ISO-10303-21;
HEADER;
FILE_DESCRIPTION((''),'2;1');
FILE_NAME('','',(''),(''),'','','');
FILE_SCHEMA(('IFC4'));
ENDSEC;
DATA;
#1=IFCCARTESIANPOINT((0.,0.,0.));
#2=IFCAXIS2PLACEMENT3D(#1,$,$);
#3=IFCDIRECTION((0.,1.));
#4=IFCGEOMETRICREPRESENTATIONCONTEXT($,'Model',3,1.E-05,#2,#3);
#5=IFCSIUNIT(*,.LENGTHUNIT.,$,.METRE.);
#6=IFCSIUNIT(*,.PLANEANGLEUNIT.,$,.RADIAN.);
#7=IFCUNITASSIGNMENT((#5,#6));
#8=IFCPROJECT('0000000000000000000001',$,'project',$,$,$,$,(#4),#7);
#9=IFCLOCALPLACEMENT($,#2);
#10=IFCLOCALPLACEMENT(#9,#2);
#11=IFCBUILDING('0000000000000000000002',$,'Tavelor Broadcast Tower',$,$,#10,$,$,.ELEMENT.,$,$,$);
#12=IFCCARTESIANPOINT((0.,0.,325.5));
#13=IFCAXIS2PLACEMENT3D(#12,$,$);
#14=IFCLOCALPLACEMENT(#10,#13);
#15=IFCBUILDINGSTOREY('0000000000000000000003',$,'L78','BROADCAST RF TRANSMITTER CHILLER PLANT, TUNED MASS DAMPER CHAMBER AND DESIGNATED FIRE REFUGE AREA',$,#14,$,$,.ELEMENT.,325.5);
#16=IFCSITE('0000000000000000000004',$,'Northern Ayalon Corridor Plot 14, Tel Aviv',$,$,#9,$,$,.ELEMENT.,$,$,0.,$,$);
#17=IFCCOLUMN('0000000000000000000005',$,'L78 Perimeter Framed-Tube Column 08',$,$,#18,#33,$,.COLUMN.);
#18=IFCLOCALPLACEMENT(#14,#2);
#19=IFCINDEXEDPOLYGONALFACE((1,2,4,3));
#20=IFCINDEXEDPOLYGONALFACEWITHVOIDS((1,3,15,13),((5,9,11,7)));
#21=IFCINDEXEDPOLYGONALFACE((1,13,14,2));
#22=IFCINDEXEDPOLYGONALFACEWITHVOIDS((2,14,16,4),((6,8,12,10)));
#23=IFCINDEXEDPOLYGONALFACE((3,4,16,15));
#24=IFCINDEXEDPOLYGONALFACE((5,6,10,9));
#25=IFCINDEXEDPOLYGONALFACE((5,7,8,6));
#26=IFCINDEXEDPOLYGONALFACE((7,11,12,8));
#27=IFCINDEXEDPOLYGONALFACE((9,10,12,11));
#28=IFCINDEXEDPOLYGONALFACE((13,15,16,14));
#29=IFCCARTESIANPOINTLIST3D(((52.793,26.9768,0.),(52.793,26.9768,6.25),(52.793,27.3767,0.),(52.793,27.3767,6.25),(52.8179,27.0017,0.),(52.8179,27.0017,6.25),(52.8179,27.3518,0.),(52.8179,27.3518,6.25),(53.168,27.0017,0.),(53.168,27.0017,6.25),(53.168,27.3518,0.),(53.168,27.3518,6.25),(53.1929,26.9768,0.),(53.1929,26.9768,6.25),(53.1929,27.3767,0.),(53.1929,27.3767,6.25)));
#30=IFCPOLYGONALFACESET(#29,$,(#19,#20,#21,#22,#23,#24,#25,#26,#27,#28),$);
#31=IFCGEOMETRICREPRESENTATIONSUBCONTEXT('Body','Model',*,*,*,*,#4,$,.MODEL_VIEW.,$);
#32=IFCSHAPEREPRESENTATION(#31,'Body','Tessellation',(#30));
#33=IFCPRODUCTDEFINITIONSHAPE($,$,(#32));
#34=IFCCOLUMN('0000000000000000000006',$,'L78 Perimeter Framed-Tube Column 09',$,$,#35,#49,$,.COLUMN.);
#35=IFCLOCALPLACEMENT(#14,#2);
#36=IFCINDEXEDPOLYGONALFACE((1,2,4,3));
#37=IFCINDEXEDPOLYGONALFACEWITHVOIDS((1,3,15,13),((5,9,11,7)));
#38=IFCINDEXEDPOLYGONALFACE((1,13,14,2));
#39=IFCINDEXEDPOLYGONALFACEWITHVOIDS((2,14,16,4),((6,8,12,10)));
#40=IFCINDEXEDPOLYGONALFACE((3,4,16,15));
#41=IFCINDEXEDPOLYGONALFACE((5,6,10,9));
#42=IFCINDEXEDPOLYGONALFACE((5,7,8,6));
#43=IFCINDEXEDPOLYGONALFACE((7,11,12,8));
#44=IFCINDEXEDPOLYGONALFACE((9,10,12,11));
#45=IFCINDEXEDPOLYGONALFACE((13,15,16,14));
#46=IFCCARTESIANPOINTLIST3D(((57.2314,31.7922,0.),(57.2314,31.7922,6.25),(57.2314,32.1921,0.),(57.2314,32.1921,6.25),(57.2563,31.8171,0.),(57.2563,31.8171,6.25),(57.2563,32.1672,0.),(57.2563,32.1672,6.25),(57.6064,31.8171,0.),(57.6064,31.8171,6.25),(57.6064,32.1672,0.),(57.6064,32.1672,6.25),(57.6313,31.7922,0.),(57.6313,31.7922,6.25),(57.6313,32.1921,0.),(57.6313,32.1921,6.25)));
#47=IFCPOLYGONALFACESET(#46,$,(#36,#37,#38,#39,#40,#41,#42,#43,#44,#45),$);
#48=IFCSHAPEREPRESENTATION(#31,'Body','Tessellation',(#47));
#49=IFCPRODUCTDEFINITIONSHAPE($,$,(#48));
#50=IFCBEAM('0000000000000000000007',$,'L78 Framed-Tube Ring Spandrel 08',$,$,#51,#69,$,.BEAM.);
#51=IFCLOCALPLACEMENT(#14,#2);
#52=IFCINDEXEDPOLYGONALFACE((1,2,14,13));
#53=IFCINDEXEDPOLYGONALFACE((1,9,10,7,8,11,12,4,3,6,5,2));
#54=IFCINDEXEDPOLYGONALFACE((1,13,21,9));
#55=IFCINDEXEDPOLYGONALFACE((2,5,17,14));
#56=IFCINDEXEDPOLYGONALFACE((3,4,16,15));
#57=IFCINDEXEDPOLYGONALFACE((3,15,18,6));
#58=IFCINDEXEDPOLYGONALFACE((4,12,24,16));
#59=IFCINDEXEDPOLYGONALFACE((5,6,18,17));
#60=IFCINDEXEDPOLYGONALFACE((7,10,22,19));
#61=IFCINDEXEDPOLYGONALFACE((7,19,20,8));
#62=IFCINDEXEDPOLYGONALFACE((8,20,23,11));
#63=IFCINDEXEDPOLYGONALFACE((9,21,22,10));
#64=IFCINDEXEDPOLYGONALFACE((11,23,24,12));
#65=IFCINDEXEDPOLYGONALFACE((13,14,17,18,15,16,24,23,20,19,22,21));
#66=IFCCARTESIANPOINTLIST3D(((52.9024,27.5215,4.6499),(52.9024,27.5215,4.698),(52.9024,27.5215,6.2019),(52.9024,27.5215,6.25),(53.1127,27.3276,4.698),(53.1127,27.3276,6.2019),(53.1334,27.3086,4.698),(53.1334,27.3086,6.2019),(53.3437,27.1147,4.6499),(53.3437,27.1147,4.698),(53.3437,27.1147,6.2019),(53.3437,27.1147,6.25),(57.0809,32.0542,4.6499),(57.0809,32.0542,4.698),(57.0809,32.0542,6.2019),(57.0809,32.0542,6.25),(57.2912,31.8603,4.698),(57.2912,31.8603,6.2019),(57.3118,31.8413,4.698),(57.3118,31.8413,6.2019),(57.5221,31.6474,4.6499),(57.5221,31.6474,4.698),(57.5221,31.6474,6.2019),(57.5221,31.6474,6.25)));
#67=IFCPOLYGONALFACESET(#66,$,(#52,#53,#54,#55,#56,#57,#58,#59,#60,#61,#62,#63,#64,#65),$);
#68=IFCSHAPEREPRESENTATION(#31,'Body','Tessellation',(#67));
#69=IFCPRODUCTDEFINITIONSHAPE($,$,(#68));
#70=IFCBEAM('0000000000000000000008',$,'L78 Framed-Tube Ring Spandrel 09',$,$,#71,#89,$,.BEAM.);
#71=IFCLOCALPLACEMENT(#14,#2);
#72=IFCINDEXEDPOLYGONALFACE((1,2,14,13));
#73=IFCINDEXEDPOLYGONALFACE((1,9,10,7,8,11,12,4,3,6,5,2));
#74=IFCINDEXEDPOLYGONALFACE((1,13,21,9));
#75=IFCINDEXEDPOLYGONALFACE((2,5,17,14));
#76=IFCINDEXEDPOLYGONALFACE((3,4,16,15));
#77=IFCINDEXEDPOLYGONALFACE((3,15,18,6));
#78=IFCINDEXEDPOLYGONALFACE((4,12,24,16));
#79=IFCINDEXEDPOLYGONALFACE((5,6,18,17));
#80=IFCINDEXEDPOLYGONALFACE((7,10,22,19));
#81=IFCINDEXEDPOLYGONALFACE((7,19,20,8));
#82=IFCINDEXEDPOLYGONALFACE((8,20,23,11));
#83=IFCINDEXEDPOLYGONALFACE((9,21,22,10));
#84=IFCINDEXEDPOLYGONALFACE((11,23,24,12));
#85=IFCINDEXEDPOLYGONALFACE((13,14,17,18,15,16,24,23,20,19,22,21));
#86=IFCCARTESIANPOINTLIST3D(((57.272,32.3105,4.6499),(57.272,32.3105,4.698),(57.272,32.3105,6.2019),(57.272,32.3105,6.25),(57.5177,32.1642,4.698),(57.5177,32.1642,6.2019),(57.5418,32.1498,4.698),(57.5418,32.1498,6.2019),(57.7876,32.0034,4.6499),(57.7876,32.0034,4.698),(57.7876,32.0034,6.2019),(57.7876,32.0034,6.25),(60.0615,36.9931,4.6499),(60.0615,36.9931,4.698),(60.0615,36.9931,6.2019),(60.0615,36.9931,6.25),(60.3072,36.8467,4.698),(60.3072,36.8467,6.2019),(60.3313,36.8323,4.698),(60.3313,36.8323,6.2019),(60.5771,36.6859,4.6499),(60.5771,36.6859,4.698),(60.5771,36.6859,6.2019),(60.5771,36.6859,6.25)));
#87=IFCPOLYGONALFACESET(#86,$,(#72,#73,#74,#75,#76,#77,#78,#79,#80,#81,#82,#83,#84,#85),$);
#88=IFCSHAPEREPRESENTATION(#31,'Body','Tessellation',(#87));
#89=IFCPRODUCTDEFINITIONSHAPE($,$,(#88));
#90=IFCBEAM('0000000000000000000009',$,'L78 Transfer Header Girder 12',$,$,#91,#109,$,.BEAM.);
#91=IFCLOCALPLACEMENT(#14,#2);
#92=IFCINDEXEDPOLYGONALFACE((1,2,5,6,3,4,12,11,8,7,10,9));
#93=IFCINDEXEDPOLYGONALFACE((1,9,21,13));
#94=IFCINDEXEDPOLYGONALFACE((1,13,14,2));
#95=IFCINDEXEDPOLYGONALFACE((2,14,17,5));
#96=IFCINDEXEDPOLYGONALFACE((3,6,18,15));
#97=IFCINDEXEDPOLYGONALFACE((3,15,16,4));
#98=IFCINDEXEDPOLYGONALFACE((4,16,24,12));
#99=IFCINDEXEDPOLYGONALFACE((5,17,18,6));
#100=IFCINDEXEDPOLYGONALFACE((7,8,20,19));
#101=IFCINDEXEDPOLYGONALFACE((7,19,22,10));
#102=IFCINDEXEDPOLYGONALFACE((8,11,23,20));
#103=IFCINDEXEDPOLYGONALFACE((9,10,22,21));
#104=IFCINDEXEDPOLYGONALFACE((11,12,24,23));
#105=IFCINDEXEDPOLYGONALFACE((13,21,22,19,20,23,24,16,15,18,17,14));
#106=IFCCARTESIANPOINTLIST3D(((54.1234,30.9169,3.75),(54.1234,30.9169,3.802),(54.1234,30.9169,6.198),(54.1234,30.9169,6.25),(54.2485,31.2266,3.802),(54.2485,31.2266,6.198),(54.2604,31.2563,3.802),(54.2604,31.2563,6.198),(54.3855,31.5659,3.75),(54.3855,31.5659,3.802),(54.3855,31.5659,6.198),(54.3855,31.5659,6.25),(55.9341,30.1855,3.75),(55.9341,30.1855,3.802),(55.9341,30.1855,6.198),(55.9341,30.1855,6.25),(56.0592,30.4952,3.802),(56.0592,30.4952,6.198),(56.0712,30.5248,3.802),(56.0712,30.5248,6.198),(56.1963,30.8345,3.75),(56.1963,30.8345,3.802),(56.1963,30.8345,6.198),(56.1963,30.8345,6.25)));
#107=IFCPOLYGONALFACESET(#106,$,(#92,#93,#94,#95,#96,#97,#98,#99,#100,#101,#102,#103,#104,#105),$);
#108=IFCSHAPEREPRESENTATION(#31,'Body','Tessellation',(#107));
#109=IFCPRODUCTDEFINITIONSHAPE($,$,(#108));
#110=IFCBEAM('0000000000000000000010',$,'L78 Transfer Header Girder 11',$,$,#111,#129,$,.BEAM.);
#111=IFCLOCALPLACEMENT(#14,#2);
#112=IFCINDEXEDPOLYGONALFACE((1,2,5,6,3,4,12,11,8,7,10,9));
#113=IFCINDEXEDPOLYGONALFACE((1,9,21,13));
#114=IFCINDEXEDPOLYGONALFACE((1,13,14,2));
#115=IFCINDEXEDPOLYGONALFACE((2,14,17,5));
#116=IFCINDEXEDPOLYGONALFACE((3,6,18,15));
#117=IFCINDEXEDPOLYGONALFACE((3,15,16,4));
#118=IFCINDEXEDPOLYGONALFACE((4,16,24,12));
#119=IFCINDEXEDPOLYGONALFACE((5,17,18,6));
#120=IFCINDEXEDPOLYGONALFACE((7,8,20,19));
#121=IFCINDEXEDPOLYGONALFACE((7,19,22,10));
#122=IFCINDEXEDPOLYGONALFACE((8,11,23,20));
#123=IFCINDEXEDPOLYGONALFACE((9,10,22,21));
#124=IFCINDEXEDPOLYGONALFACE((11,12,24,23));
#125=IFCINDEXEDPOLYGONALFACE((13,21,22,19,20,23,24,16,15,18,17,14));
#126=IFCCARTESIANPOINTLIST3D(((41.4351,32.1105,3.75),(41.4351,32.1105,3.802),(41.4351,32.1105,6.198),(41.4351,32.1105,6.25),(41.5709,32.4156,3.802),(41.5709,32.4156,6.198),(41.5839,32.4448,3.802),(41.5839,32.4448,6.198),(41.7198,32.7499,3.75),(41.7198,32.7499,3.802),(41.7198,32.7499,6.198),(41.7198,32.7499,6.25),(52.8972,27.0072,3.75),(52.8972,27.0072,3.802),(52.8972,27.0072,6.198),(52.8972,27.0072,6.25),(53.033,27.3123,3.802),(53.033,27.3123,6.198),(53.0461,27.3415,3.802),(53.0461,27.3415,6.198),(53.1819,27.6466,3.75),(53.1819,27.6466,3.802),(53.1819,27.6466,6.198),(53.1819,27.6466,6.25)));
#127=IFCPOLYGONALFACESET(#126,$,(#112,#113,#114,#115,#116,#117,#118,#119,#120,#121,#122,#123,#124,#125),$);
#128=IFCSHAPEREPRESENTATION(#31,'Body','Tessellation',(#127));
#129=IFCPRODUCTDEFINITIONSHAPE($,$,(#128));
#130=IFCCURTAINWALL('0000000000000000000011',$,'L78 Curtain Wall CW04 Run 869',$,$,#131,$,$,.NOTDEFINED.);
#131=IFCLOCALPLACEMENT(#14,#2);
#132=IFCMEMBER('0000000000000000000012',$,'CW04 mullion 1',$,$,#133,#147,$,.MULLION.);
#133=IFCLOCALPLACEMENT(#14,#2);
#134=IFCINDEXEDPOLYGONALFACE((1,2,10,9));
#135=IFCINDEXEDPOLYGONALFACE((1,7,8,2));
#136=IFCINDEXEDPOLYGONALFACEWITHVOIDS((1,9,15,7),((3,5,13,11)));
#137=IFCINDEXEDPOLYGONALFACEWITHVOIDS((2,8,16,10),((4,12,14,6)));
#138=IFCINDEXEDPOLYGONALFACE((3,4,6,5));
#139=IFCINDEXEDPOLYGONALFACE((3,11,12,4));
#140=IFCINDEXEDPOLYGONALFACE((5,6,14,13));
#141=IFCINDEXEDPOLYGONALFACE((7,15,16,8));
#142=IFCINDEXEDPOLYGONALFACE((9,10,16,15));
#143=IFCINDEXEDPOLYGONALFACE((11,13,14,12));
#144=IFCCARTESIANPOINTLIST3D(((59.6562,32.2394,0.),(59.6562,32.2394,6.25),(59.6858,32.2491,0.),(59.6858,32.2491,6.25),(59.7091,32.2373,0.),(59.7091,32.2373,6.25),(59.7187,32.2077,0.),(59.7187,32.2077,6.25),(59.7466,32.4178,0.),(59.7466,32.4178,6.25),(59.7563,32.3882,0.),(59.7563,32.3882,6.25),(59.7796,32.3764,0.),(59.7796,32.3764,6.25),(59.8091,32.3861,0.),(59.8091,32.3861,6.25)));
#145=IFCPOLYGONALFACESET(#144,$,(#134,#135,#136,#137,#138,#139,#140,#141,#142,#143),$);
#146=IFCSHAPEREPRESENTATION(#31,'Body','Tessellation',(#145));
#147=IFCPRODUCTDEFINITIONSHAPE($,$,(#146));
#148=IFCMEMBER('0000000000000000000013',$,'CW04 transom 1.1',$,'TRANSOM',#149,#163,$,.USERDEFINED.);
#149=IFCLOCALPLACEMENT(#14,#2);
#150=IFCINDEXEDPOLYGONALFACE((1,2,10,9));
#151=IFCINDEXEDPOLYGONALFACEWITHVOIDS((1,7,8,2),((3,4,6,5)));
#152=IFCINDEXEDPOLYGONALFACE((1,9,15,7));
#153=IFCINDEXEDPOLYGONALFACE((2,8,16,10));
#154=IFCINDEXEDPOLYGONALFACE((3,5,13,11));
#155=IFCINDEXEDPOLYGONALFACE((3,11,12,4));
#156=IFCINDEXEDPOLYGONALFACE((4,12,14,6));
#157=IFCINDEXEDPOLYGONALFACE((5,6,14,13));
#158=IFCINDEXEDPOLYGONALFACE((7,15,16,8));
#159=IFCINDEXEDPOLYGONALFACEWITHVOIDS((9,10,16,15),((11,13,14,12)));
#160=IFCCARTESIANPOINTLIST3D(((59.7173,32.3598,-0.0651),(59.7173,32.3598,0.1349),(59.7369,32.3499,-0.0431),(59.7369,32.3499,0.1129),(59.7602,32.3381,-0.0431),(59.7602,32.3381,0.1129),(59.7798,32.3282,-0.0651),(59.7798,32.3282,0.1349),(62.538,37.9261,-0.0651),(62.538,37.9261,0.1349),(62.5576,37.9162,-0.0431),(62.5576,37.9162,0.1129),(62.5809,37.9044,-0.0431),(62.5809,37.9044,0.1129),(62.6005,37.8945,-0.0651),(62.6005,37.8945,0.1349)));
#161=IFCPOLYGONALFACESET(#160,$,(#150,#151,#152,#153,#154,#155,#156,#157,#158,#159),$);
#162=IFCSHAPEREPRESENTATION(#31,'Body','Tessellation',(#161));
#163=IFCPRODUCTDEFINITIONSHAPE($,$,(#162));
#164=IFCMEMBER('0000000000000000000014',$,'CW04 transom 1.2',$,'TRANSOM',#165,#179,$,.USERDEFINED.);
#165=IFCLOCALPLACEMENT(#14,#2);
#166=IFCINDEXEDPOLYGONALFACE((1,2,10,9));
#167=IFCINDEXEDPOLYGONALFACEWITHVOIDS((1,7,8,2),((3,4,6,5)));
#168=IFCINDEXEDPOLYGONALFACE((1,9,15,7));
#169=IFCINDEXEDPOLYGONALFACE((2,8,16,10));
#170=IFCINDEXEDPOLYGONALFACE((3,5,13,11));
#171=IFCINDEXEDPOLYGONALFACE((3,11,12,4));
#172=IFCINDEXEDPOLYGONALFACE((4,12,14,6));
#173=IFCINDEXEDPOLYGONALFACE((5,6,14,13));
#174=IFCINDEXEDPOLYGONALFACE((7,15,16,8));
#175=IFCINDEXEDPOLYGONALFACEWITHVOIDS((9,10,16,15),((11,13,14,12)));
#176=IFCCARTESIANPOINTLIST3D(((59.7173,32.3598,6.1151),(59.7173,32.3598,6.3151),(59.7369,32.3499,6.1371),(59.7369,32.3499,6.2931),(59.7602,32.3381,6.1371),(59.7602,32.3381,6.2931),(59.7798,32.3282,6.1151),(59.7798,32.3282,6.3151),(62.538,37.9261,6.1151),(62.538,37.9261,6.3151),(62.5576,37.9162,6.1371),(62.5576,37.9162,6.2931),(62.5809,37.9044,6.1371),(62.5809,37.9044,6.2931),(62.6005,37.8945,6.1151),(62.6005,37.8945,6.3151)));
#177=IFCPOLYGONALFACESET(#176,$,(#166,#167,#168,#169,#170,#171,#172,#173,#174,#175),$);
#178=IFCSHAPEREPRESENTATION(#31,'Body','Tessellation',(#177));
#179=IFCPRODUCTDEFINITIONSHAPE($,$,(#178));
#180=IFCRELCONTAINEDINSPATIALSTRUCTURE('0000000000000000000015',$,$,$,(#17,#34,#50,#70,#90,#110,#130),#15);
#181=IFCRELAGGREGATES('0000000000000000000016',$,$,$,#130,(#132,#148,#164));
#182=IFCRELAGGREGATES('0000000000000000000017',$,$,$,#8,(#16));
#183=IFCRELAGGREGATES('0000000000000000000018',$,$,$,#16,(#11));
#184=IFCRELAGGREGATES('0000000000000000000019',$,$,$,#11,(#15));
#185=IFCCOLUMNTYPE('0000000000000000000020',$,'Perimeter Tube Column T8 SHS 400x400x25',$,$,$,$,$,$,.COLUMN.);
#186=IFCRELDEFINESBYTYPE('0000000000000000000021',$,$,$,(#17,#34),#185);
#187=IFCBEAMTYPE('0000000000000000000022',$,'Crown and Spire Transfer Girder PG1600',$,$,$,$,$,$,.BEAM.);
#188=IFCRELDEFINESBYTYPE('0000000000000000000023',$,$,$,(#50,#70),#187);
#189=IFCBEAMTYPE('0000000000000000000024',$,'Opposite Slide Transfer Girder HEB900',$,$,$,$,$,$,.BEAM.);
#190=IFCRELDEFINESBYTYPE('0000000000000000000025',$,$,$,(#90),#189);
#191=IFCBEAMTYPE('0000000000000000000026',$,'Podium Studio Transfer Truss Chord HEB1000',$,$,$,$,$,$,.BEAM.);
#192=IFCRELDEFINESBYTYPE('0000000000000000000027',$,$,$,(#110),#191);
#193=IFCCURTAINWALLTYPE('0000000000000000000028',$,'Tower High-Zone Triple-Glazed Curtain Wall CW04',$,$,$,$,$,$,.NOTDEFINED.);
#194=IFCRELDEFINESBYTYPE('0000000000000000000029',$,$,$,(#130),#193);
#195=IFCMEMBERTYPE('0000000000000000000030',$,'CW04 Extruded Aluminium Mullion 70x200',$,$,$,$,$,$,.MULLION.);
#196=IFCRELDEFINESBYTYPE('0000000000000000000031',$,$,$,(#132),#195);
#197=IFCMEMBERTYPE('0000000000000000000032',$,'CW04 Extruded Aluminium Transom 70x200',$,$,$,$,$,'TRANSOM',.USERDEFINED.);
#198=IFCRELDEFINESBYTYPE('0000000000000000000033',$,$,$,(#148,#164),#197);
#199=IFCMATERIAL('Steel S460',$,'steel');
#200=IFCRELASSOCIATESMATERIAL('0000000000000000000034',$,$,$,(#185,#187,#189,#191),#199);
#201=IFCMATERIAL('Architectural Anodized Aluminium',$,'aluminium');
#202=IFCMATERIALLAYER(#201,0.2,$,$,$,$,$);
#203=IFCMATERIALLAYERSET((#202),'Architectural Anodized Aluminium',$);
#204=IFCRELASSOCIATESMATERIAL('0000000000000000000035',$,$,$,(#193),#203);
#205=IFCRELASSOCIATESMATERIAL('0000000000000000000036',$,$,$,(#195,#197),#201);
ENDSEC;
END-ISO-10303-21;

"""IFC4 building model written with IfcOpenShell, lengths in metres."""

from ifc_helpers import new_model, si_unit, direction, frame, origin, origin_2d, place, context, subcontext, project, spatial, hollow_rectangle, i_section, extrude, source, transform, mapped, material, layer, layer_set, material_profile, profile_set, type_object, type_shapes, element, aggregate, save


model = new_model("IFC4")

# Units and contexts
model_context = context("Model", 3, precision=1e-05, world=origin(), true_north=direction((0.0, 1.0)))
body_context = subcontext(model_context, "Body", "Model", "MODEL_VIEW")
ifc_project = project(units=[si_unit("LENGTHUNIT", "METRE"), si_unit("PLANEANGLEUNIT", "RADIAN")], contexts=[model_context])

# Site, building, storey
site_placement = place(None, origin())
site = spatial("IfcSite", under=ifc_project, at=site_placement, Name="Northern Ayalon Corridor Plot 14, Tel Aviv", CompositionType="ELEMENT", RefElevation=0.0)
building_placement = place(site_placement, origin())
building = spatial("IfcBuilding", under=site, at=building_placement, Name="Tavelor Broadcast Tower", CompositionType="ELEMENT")
storey_placement = place(building_placement, frame((0.0, 0.0, 325.5)))
storey = spatial("IfcBuildingStorey", under=building, at=storey_placement, Name="L78", Description="BROADCAST RF TRANSMITTER CHILLER PLANT, TUNED MASS DAMPER CHAMBER AND DESIGNATED FIRE REFUGE AREA", CompositionType="ELEMENT", Elevation=325.5)

# Columns
ifc_material_1 = material(Name="Steel S460", Category="steel")
ifc_material_profile_1 = material_profile(ifc_material_1, hollow_rectangle(XDim=0.3999, YDim=0.3999, WallThickness=0.0249, at=origin_2d()), Name="SHS 400x400x25")
ifc_profile_set_1 = profile_set([ifc_material_profile_1], Name="Steel S460")
column_type = type_object("IfcColumnType", Name="Perimeter Tube Column T8 SHS 400x400x25", PredefinedType="COLUMN", material=ifc_profile_set_1)
for number, where, z_axis, x_axis, name in (
    (1, (52.9929, 27.1768, 0.0), (0.0, 0.0, 1.0), (1.0, 0.0, 0.0), "L78 Perimeter Framed-Tube Column 08"),
    (2, (57.4314, 31.9922, 0.0), (0.0, 0.0, 1.0), (1.0, 0.0, 0.0), "L78 Perimeter Framed-Tube Column 09"),
):
    element("IfcColumn", number, at=place(storey_placement, frame(where, z_axis=z_axis, x_axis=x_axis)), inside=storey, type_object=column_type, Name=name, PredefinedType="COLUMN", context=body_context, shape_type="SweptSolid", body=[
        extrude(hollow_rectangle(XDim=0.3999, YDim=0.3999, WallThickness=0.0249, at=origin_2d()), origin(), (0.0, 0.0, 1.0), 6.25),
    ])

# Beams
ifc_material_profile_2 = material_profile(ifc_material_1, i_section(OverallWidth=0.6001, OverallDepth=1.6001, WebThickness=0.0281, FlangeThickness=0.0481, at=origin_2d()), Name="PG 1600x600")
ifc_profile_set_2 = profile_set([ifc_material_profile_2], Name="Steel S460")
beam_type_1 = type_object("IfcBeamType", Name="Crown and Spire Transfer Girder PG1600", PredefinedType="BEAM", material=ifc_profile_set_2)
beam_1_placement = place(storey_placement, frame((53.123, 27.3181, 5.45), z_axis=(0.677791, 0.735254, 0.0), x_axis=(-0.735254, 0.677791, 0.0)))
element("IfcBeam", 3, at=beam_1_placement, inside=storey, type_object=beam_type_1, Name="L78 Framed-Tube Ring Spandrel 08", PredefinedType="BEAM", context=body_context, shape_type="SweptSolid", body=[
    extrude(i_section(OverallWidth=0.6001, OverallDepth=1.6001, WebThickness=0.0281, FlangeThickness=0.0481, at=origin_2d()), origin(), (0.0, 0.0, 1.0), 6.1648),
])
beam_2_placement = place(storey_placement, frame((57.5298, 32.157, 5.45), z_axis=(0.511793, 0.859109, 0.0), x_axis=(-0.859109, 0.511793, 0.0)))
element("IfcBeam", 4, at=beam_2_placement, inside=storey, type_object=beam_type_1, Name="L78 Framed-Tube Ring Spandrel 09", PredefinedType="BEAM", context=body_context, shape_type="SweptSolid", body=[
    extrude(i_section(OverallWidth=0.6001, OverallDepth=1.6001, WebThickness=0.0281, FlangeThickness=0.0481, at=origin_2d()), origin(), (0.0, 0.0, 1.0), 5.4504),
])
ifc_material_profile_3 = material_profile(ifc_material_1, i_section(OverallWidth=0.7, OverallDepth=2.5, WebThickness=0.032, FlangeThickness=0.052, at=origin_2d()), Name="PG 2500x700")
ifc_profile_set_3 = profile_set([ifc_material_profile_3], Name="Steel S460")
beam_type_2 = type_object("IfcBeamType", Name="Opposite Slide Transfer Girder HEB900", PredefinedType="BEAM", material=ifc_profile_set_3)
beam_3_placement = place(storey_placement, frame((56.0652, 30.51, 5.0), z_axis=(-0.927213, 0.374535, 0.0), x_axis=(-0.374535, -0.927213, 0.0)))
element("IfcBeam", 5, at=beam_3_placement, inside=storey, type_object=beam_type_2, Name="L78 Transfer Header Girder 12", PredefinedType="BEAM", context=body_context, shape_type="SweptSolid", body=[
    extrude(i_section(OverallWidth=0.7, OverallDepth=2.5, WebThickness=0.032, FlangeThickness=0.052, at=origin_2d()), origin(), (0.0, 0.0, 1.0), 1.9529),
])
ifc_material_profile_4 = material_profile(ifc_material_1, i_section(OverallWidth=0.7, OverallDepth=2.5, WebThickness=0.032, FlangeThickness=0.052, at=origin_2d()), Name="PG 2500x700")
ifc_profile_set_4 = profile_set([ifc_material_profile_4], Name="Steel S460")
beam_type_3 = type_object("IfcBeamType", Name="Podium Studio Transfer Truss Chord HEB1000", PredefinedType="BEAM", material=ifc_profile_set_4)
beam_4_placement = place(storey_placement, frame((53.0396, 27.3269, 5.0), z_axis=(-0.913546, 0.406736, 0.0), x_axis=(-0.406736, -0.913546, 0.0)))
element("IfcBeam", 6, at=beam_4_placement, inside=storey, type_object=beam_type_3, Name="L78 Transfer Header Girder 11", PredefinedType="BEAM", context=body_context, shape_type="SweptSolid", body=[
    extrude(i_section(OverallWidth=0.7, OverallDepth=2.5, WebThickness=0.032, FlangeThickness=0.052, at=origin_2d()), origin(), (0.0, 0.0, 1.0), 12.5469),
])

# Curtain wall, members
ifc_material_2 = material(Name="Architectural Anodized Aluminium", Category="aluminium")
ifc_layer_1 = layer(ifc_material_2, 0.2)
ifc_layer_set_1 = layer_set([ifc_layer_1], Name="Architectural Anodized Aluminium")
curtain_wall_type = type_object("IfcCurtainWallType", Name="Tower High-Zone Triple-Glazed Curtain Wall CW04", PredefinedType="NOTDEFINED", material=ifc_layer_set_1)
curtain_wall_placement = place(storey_placement, origin())
curtain_wall = element("IfcCurtainWall", 7, at=curtain_wall_placement, inside=storey, type_object=curtain_wall_type, Name="L78 Curtain Wall CW04 Run 869", PredefinedType="NOTDEFINED")
ifc_material_profile_5 = material_profile(ifc_material_2, hollow_rectangle(XDim=0.0701, YDim=0.2, WallThickness=0.022, at=origin_2d()), Name="RHS 70x200x22")
ifc_profile_set_5 = profile_set([ifc_material_profile_5], Name="Architectural Anodized Aluminium")
member_type_1 = type_object("IfcMemberType", Name="CW04 Extruded Aluminium Mullion 70x200", PredefinedType="MULLION", material=ifc_profile_set_5)
shared_shape_1 = source(origin(), body_context, "Body", "SweptSolid", [
    extrude(hollow_rectangle(XDim=0.0701, YDim=0.2, WallThickness=0.022, at=origin_2d()), origin(), (0.0, 0.0, 1.0), 6.25),
])
type_shapes(member_type_1, [shared_shape_1])
member_1_placement = place(storey_placement, frame((59.7327, 32.3127, 0.0), z_axis=(0.0, 0.0, 1.0), x_axis=(-0.891997, 0.452041, 0.0)))
member_1 = element("IfcMember", 8, at=member_1_placement, type_object=member_type_1, Name="CW04 mullion 1", PredefinedType="MULLION", context=body_context, shape_type="MappedRepresentation", body=[
    mapped(shared_shape_1, transform((0.0, 0.0, 0.0), scale=1.0)),
])
ifc_material_profile_6 = material_profile(ifc_material_2, hollow_rectangle(XDim=0.0701, YDim=0.2, WallThickness=0.022, at=origin_2d()), Name="RHS 70x200x22")
ifc_profile_set_6 = profile_set([ifc_material_profile_6], Name="Architectural Anodized Aluminium")
member_type_2 = type_object("IfcMemberType", Name="CW04 Extruded Aluminium Transom 70x200", ElementType="TRANSOM", PredefinedType="USERDEFINED", material=ifc_profile_set_6)
shared_shape_2 = source(origin(), body_context, "Body", "SweptSolid", [
    extrude(hollow_rectangle(XDim=0.0701, YDim=0.2, WallThickness=0.022, at=origin_2d()), origin(), (0.0, 0.0, 1.0), 6.2402),
])
type_shapes(member_type_2, [shared_shape_2])
member_2_placement = place(storey_placement, frame((59.7485, 32.344, 0.0349), z_axis=(0.452027, 0.892004, 0.0), x_axis=(-0.892004, 0.452027, 0.0)))
member_2 = element("IfcMember", 9, at=member_2_placement, type_object=member_type_2, Name="CW04 transom 1.1", ObjectType="TRANSOM", PredefinedType="USERDEFINED", context=body_context, shape_type="MappedRepresentation", body=[
    mapped(shared_shape_2, transform((0.0, 0.0, 0.0), scale=1.0)),
])
member_3_placement = place(storey_placement, frame((59.7485, 32.344, 6.2151), z_axis=(0.452027, 0.892004, 0.0), x_axis=(-0.892004, 0.452027, 0.0)))
member_3 = element("IfcMember", 10, at=member_3_placement, type_object=member_type_2, Name="CW04 transom 1.2", ObjectType="TRANSOM", PredefinedType="USERDEFINED", context=body_context, shape_type="MappedRepresentation", body=[
    mapped(shared_shape_2, transform((0.0, 0.0, 0.0), scale=1.0)),
])
aggregate(curtain_wall, [member_1, member_2, member_3])

save(model, "model.ifc")
